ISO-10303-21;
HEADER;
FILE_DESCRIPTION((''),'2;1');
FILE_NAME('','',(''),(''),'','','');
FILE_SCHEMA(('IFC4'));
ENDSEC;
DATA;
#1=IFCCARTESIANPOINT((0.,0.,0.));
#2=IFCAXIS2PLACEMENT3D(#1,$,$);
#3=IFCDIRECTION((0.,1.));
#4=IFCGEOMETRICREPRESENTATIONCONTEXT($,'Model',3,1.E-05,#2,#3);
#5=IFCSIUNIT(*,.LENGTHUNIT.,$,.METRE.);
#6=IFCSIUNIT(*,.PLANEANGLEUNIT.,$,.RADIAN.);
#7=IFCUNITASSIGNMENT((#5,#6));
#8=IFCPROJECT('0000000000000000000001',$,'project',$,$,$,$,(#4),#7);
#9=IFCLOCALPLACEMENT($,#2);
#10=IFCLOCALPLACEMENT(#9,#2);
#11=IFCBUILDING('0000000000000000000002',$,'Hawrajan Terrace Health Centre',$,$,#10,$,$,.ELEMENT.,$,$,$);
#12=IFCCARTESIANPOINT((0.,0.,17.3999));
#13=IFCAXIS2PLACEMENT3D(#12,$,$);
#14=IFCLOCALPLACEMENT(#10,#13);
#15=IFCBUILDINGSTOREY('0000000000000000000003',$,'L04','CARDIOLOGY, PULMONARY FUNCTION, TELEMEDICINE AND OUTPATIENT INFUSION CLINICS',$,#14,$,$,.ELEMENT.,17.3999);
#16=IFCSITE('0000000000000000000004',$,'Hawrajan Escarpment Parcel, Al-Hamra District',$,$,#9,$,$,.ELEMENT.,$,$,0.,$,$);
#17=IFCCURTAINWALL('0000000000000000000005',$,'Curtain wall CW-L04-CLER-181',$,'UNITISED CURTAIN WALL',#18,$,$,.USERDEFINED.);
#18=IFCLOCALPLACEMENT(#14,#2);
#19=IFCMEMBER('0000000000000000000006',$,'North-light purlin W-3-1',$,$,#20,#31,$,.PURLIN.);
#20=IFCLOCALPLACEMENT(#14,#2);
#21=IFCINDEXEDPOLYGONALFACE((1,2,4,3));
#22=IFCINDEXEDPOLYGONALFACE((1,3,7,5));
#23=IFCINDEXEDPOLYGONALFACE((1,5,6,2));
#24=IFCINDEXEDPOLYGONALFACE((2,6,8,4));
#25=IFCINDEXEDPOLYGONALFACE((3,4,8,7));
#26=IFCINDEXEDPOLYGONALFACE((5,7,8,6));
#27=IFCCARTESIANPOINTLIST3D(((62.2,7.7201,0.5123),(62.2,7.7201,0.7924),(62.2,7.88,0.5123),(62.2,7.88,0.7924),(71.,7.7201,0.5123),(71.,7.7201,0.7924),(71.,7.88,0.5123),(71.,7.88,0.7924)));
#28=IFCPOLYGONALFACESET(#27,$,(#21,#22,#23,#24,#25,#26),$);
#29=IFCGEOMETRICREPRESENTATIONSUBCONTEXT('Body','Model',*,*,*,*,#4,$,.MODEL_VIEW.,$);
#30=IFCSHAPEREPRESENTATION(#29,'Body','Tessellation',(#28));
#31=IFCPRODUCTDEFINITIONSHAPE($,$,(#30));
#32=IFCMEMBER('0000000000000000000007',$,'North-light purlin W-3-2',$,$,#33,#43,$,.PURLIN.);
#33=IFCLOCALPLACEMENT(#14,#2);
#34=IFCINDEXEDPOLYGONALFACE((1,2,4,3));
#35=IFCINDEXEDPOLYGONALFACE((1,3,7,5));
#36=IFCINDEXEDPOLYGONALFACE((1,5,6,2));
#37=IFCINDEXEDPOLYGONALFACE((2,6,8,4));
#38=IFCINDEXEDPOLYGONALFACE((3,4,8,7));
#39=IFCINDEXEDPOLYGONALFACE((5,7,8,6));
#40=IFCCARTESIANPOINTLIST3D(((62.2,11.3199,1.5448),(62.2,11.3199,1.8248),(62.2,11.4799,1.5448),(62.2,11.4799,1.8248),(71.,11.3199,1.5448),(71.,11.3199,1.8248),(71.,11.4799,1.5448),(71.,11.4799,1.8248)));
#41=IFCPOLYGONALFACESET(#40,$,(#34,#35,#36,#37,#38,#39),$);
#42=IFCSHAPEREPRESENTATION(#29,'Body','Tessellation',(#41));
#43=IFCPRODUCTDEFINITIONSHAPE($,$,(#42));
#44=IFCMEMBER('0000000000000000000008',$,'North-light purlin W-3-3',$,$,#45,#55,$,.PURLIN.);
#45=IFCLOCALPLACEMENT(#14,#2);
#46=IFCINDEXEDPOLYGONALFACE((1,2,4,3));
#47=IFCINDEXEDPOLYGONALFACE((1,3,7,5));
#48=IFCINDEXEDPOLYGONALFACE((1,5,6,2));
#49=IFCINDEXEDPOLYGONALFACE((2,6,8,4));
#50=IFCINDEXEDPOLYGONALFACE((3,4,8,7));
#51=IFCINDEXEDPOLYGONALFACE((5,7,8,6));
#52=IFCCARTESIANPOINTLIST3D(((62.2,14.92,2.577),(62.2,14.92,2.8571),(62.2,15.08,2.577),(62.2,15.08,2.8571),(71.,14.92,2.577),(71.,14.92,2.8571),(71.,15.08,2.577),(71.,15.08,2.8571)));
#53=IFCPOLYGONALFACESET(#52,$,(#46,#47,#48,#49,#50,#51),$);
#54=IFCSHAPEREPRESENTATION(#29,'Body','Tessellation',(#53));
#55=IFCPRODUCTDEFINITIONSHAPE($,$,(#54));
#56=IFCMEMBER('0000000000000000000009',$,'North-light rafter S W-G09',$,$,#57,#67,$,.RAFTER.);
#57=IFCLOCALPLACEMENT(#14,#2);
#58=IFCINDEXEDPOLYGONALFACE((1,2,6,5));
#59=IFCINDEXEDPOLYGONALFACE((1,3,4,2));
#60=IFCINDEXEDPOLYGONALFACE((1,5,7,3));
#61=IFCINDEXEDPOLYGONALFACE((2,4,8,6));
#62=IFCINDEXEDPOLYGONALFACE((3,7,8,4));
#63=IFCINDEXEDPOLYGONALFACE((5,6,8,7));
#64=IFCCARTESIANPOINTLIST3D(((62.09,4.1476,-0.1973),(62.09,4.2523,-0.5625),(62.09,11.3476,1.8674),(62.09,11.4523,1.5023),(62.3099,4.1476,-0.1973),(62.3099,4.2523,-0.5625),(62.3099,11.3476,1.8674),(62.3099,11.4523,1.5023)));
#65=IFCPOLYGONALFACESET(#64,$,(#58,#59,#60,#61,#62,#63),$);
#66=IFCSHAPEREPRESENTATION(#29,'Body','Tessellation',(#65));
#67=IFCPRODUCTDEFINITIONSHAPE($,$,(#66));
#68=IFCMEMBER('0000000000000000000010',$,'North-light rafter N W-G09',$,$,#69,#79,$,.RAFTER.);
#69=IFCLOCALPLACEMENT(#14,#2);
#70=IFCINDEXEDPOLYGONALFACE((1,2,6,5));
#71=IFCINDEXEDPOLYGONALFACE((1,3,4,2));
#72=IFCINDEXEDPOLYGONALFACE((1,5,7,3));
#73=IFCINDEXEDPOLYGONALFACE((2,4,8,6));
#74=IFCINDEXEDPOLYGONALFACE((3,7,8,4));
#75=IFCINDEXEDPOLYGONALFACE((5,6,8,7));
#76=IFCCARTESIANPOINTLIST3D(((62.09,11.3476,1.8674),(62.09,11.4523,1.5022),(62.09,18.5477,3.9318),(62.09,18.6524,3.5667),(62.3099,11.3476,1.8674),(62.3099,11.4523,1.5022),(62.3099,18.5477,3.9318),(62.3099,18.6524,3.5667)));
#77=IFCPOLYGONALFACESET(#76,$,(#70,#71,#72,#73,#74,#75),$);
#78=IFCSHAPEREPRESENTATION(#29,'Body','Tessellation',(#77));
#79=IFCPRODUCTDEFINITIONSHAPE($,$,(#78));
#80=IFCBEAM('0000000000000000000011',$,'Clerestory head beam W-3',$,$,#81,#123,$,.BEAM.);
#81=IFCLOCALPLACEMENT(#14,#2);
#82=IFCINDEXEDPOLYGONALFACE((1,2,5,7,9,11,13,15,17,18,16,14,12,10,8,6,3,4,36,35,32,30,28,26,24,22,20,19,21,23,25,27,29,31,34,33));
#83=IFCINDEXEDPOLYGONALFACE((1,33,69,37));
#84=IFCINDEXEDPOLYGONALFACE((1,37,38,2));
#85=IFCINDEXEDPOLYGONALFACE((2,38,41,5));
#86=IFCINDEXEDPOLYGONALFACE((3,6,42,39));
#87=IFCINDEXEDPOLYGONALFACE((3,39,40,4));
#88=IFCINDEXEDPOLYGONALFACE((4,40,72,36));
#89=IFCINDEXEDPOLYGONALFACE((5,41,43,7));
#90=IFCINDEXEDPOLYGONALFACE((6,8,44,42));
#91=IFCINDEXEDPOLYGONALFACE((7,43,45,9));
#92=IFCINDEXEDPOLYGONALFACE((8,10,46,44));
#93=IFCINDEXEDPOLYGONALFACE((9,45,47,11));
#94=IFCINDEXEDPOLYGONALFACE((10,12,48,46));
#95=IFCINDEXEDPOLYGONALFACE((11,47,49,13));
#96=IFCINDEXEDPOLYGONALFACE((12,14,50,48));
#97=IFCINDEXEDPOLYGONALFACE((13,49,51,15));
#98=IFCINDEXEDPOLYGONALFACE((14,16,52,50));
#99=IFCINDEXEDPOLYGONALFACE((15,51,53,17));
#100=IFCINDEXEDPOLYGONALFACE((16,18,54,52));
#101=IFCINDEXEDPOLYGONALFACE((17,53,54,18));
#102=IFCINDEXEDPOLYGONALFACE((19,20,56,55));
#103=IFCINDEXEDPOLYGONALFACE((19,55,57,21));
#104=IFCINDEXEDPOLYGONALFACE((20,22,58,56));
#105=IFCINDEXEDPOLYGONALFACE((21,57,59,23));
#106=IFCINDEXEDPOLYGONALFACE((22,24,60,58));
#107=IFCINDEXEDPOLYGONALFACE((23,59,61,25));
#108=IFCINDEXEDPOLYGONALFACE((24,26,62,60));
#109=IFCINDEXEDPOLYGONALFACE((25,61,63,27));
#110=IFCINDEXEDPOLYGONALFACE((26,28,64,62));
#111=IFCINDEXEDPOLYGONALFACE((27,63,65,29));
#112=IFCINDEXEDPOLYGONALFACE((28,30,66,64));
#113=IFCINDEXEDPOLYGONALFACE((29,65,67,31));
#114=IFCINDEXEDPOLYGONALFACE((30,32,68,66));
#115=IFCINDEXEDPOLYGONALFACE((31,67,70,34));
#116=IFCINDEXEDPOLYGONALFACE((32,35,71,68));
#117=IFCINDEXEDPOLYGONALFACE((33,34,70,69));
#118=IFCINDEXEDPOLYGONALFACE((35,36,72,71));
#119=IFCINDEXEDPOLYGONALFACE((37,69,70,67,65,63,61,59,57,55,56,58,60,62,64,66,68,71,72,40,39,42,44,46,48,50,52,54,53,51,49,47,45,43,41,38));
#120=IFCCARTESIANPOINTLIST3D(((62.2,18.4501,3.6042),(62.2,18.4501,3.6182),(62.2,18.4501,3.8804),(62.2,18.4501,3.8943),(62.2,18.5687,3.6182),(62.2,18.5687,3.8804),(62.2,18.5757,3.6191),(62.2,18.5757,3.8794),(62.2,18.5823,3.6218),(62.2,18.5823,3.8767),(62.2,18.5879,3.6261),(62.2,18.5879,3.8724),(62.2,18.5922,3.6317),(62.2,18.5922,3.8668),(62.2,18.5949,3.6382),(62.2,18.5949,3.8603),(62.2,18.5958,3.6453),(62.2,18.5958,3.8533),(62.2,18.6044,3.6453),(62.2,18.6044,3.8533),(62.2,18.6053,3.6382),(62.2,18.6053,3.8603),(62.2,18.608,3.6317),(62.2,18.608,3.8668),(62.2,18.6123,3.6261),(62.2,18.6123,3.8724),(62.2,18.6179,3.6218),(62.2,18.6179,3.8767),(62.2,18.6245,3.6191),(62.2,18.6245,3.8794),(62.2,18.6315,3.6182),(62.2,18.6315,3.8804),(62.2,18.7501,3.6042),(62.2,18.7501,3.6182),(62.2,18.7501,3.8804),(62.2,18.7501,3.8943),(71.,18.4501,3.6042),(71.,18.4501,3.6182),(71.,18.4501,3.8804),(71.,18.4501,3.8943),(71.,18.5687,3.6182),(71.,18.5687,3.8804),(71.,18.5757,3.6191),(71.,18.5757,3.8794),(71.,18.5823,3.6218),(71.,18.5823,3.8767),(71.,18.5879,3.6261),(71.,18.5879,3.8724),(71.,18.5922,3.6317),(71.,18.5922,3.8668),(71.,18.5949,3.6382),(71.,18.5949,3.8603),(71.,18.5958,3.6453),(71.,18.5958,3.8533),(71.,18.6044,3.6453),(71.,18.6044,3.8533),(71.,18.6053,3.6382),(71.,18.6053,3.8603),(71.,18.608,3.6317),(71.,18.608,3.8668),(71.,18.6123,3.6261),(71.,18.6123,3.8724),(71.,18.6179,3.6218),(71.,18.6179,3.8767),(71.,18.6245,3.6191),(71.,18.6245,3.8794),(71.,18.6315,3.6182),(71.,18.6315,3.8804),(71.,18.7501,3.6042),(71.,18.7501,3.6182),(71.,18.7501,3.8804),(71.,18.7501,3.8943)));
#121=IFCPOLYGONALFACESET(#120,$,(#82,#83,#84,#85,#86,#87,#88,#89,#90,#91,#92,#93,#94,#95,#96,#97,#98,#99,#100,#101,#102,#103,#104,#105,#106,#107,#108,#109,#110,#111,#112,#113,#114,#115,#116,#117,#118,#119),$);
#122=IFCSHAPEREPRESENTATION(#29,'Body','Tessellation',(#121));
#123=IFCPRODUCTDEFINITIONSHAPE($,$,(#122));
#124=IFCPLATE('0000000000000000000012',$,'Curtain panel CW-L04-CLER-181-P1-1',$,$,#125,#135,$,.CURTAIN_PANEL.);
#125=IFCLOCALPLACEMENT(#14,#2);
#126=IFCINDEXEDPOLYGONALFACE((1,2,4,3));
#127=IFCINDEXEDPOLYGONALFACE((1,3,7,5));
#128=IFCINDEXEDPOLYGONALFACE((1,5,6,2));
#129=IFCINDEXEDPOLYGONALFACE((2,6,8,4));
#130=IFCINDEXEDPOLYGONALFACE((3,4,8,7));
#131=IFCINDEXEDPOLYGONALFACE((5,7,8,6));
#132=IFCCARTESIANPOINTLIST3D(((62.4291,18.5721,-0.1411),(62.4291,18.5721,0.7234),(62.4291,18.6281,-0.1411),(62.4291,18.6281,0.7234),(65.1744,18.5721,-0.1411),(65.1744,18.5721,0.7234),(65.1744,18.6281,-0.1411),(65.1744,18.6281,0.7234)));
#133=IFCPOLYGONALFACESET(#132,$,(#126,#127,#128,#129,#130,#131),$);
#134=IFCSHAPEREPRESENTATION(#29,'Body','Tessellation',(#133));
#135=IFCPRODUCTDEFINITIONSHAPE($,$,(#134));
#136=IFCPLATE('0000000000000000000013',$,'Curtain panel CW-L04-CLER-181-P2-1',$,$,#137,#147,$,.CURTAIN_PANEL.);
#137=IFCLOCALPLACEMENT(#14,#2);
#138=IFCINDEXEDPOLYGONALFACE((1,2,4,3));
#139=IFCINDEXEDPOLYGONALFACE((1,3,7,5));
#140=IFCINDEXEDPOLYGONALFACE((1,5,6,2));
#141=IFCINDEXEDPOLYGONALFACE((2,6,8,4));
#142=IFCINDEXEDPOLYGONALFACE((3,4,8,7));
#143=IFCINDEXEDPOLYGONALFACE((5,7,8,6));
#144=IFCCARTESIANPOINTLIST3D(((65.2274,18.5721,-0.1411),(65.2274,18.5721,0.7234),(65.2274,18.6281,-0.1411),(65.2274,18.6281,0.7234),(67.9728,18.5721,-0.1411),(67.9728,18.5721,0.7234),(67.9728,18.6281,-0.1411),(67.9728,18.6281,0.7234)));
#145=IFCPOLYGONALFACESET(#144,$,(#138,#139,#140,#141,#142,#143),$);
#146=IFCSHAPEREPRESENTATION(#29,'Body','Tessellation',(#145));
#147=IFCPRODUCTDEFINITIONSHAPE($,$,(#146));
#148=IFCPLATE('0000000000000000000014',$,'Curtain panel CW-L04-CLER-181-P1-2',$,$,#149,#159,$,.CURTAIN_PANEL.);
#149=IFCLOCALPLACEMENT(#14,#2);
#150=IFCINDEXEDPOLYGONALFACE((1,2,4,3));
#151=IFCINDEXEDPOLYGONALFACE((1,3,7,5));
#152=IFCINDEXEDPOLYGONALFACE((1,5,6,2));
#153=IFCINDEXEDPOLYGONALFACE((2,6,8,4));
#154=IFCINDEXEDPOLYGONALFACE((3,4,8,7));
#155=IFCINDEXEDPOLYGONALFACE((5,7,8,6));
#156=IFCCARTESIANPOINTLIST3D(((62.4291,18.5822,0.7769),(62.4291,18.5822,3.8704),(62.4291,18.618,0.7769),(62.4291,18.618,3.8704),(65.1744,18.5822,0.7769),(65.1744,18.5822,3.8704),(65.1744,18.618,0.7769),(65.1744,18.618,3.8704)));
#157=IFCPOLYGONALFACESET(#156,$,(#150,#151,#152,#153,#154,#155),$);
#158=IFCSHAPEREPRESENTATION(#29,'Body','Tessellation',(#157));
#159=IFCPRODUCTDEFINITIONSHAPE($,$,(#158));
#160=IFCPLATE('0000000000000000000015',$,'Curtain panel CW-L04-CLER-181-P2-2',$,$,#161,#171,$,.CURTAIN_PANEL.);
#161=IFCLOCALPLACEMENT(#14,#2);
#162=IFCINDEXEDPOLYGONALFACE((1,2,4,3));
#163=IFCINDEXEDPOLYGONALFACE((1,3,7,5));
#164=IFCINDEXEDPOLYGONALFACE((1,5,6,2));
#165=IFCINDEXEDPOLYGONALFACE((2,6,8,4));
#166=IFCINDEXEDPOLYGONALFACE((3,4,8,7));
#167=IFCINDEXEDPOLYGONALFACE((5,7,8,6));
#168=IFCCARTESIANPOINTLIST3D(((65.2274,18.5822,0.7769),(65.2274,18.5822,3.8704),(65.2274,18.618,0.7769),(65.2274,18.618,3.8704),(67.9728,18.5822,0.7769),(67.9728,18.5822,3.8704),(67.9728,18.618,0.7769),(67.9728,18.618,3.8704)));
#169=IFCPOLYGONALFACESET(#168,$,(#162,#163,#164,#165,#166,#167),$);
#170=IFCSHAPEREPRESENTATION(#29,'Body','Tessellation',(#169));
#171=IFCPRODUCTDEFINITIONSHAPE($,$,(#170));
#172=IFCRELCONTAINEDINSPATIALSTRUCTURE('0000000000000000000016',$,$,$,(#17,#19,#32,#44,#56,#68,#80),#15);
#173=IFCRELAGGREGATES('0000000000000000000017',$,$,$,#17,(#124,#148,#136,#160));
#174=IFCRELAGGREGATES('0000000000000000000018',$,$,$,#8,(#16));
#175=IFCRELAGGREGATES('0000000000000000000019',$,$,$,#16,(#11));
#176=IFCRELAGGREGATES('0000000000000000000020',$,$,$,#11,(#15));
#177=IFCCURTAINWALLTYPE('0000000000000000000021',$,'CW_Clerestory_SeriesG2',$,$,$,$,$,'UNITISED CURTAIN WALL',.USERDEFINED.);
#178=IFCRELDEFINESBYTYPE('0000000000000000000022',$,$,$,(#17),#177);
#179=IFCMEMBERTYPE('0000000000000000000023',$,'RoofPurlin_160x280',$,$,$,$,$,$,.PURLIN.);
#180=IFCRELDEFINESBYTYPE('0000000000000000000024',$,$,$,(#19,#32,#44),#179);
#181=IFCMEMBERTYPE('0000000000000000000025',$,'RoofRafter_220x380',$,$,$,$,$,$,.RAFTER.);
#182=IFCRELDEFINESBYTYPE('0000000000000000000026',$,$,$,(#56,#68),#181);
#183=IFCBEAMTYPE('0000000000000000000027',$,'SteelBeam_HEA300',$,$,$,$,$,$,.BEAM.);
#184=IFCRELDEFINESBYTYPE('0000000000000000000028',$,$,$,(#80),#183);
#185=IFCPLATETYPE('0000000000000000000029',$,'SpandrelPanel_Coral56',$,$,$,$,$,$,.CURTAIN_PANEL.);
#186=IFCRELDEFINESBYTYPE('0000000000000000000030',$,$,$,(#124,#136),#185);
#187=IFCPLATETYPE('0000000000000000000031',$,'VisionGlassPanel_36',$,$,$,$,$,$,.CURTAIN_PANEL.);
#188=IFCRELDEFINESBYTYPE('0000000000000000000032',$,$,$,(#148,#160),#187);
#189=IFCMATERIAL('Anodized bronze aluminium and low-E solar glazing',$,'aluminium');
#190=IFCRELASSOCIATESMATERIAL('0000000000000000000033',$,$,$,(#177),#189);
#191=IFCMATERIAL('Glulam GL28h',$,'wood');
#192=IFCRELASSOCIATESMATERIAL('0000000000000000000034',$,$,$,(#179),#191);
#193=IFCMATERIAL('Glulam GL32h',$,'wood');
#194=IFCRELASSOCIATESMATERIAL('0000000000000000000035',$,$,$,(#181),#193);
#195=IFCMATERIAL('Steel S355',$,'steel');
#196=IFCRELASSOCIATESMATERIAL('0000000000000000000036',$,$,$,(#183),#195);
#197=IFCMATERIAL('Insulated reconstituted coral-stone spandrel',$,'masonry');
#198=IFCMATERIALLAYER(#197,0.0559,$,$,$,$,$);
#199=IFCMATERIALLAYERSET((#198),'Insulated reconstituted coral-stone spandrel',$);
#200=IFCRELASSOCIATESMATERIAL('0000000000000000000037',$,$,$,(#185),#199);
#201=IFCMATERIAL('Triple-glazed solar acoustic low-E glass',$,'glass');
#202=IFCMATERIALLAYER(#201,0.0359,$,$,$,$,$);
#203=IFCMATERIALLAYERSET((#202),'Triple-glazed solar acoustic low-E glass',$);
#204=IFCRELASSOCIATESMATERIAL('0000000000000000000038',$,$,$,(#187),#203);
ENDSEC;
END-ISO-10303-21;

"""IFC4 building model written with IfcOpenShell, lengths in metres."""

from ifc_helpers import new_model, si_unit, direction, frame, origin, origin_2d, place, context, subcontext, project, spatial, rectangle, i_section, extrude, material, layer, layer_set, material_profile, profile_set, type_object, element, aggregate, save


model = new_model("IFC4")

# Units and contexts
model_context = context("Model", 3, precision=1e-05, world=origin(), true_north=direction((0.0, 1.0)))
body_context = subcontext(model_context, "Body", "Model", "MODEL_VIEW")
ifc_project = project(units=[si_unit("LENGTHUNIT", "METRE"), si_unit("PLANEANGLEUNIT", "RADIAN")], contexts=[model_context])

# Site, building, storey
site_placement = place(None, origin())
site = spatial("IfcSite", under=ifc_project, at=site_placement, Name="Hawrajan Escarpment Parcel, Al-Hamra District", CompositionType="ELEMENT", RefElevation=0.0)
building_placement = place(site_placement, origin())
building = spatial("IfcBuilding", under=site, at=building_placement, Name="Hawrajan Terrace Health Centre", CompositionType="ELEMENT")
storey_placement = place(building_placement, frame((0.0, 0.0, 17.3999)))
storey = spatial("IfcBuildingStorey", under=building, at=storey_placement, Name="L04", Description="CARDIOLOGY, PULMONARY FUNCTION, TELEMEDICINE AND OUTPATIENT INFUSION CLINICS", CompositionType="ELEMENT", Elevation=17.3999)

# Curtain wall
ifc_material_1 = material(Name="Anodized bronze aluminium and low-E solar glazing", Category="aluminium")
curtain_wall_type = type_object("IfcCurtainWallType", Name="CW_Clerestory_SeriesG2", ElementType="UNITISED CURTAIN WALL", PredefinedType="USERDEFINED", material=ifc_material_1)
curtain_wall_placement = place(storey_placement, origin())
curtain_wall = element("IfcCurtainWall", 1, at=curtain_wall_placement, inside=storey, type_object=curtain_wall_type, Name="Curtain wall CW-L04-CLER-181", ObjectType="UNITISED CURTAIN WALL", PredefinedType="USERDEFINED")

# Shared definitions
ifc_material_2 = material(Name="Glulam GL32h", Category="wood")

# Members
ifc_material_3 = material(Name="Glulam GL28h", Category="wood")
ifc_material_profile_1 = material_profile(ifc_material_3, rectangle(XDim=0.1599, YDim=0.28, at=origin_2d()), Name="GL PUR 160x280")
ifc_profile_set_1 = profile_set([ifc_material_profile_1], Name="Glulam GL28h")
member_type_1 = type_object("IfcMemberType", Name="RoofPurlin_160x280", PredefinedType="PURLIN", material=ifc_profile_set_1)
for number, where, z_axis, x_axis, name in (
    (2, (62.2, 7.8, 0.6523), (1.0, 0.0, 0.0), (0.0, 1.0, 0.0), "North-light purlin W-3-1"),
    (3, (62.2, 11.3999, 1.6848), (1.0, 0.0, 0.0), (0.0, 1.0, 0.0), "North-light purlin W-3-2"),
    (4, (62.2, 15.0, 2.717), (1.0, 0.0, 0.0), (0.0, 1.0, 0.0), "North-light purlin W-3-3"),
):
    element("IfcMember", number, at=place(storey_placement, frame(where, z_axis=z_axis, x_axis=x_axis)), inside=storey, type_object=member_type_1, Name=name, PredefinedType="PURLIN", context=body_context, shape_type="SweptSolid", body=[
        extrude(rectangle(XDim=0.1599, YDim=0.28, at=origin_2d()), origin(), (0.0, 0.0, 1.0), 8.8),
    ])
ifc_material_profile_2 = material_profile(ifc_material_2, rectangle(XDim=0.22, YDim=0.3799, at=origin_2d()), Name="GL CHD 220x380")
ifc_profile_set_2 = profile_set([ifc_material_profile_2], Name="Glulam GL32h")
member_type_2 = type_object("IfcMemberType", Name="RoofRafter_220x380", PredefinedType="RAFTER", material=ifc_profile_set_2)
for number, where, z_axis, x_axis, name in (
    (5, (62.2, 4.2, -0.3799), (0.0, 0.961257, 0.275655), (-1.0, 0.0, 0.0), "North-light rafter S W-G09"),
    (6, (62.2, 11.3999, 1.6848), (0.0, 0.961268, 0.275616), (-1.0, 0.0, 0.0), "North-light rafter N W-G09"),
):
    element("IfcMember", number, at=place(storey_placement, frame(where, z_axis=z_axis, x_axis=x_axis)), inside=storey, type_object=member_type_2, Name=name, PredefinedType="RAFTER", context=body_context, shape_type="SweptSolid", body=[
        extrude(rectangle(XDim=0.22, YDim=0.3799, at=origin_2d()), origin(), (0.0, 0.0, 1.0), 7.4902),
    ])

# Beam
ifc_material_4 = material(Name="Steel S355", Category="steel")
ifc_material_profile_3 = material_profile(ifc_material_4, i_section(OverallWidth=0.3, OverallDepth=0.29, WebThickness=0.0085, FlangeThickness=0.0139, FilletRadius=0.0271, at=origin_2d()), Name="HEA 300")
ifc_profile_set_3 = profile_set([ifc_material_profile_3], Name="Steel S355")
beam_type_1 = type_object("IfcBeamType", Name="SteelBeam_HEA300", PredefinedType="BEAM", material=ifc_profile_set_3)
beam_1_placement = place(storey_placement, frame((62.2, 18.6001, 3.7493), z_axis=(1.0, 0.0, 0.0), x_axis=(0.0, 1.0, 0.0)))
element("IfcBeam", 7, at=beam_1_placement, inside=storey, type_object=beam_type_1, Name="Clerestory head beam W-3", PredefinedType="BEAM", context=body_context, shape_type="SweptSolid", body=[
    extrude(i_section(OverallWidth=0.3, OverallDepth=0.29, WebThickness=0.0085, FlangeThickness=0.0139, FilletRadius=0.0271, at=origin_2d()), origin(), (0.0, 0.0, 1.0), 8.8),
])

# Plates
ifc_material_5 = material(Name="Insulated reconstituted coral-stone spandrel", Category="masonry")
ifc_layer_1 = layer(ifc_material_5, 0.0559)
ifc_layer_set_1 = layer_set([ifc_layer_1], Name="Insulated reconstituted coral-stone spandrel")
plate_type_1 = type_object("IfcPlateType", Name="SpandrelPanel_Coral56", PredefinedType="CURTAIN_PANEL", material=ifc_layer_set_1)
plate_1_placement = place(storey_placement, frame((63.8018, 18.6001, -0.1411), z_axis=(0.0, 0.0, 1.0), x_axis=(1.0, 0.0, 0.0)))
plate_1 = element("IfcPlate", 8, at=plate_1_placement, type_object=plate_type_1, Name="Curtain panel CW-L04-CLER-181-P1-1", PredefinedType="CURTAIN_PANEL", context=body_context, shape_type="SweptSolid", body=[
    extrude(rectangle(XDim=2.7454, YDim=0.0559, at=origin_2d()), origin(), (0.0, 0.0, 1.0), 0.8645),
])
plate_2_placement = place(storey_placement, frame((66.6001, 18.6001, -0.1411), z_axis=(0.0, 0.0, 1.0), x_axis=(1.0, 0.0, 0.0)))
plate_2 = element("IfcPlate", 9, at=plate_2_placement, type_object=plate_type_1, Name="Curtain panel CW-L04-CLER-181-P2-1", PredefinedType="CURTAIN_PANEL", context=body_context, shape_type="SweptSolid", body=[
    extrude(rectangle(XDim=2.7454, YDim=0.0559, at=origin_2d()), origin(), (0.0, 0.0, 1.0), 0.8645),
])
ifc_material_6 = material(Name="Triple-glazed solar acoustic low-E glass", Category="glass")
ifc_layer_2 = layer(ifc_material_6, 0.0359)
ifc_layer_set_2 = layer_set([ifc_layer_2], Name="Triple-glazed solar acoustic low-E glass")
plate_type_2 = type_object("IfcPlateType", Name="VisionGlassPanel_36", PredefinedType="CURTAIN_PANEL", material=ifc_layer_set_2)
plate_3_placement = place(storey_placement, frame((63.8018, 18.6001, 0.7769), z_axis=(0.0, 0.0, 1.0), x_axis=(1.0, 0.0, 0.0)))
plate_3 = element("IfcPlate", 10, at=plate_3_placement, type_object=plate_type_2, Name="Curtain panel CW-L04-CLER-181-P1-2", PredefinedType="CURTAIN_PANEL", context=body_context, shape_type="SweptSolid", body=[
    extrude(rectangle(XDim=2.7454, YDim=0.0359, at=origin_2d()), origin(), (0.0, 0.0, 1.0), 3.0935),
])
plate_4_placement = place(storey_placement, frame((66.6001, 18.6001, 0.7769), z_axis=(0.0, 0.0, 1.0), x_axis=(1.0, 0.0, 0.0)))
plate_4 = element("IfcPlate", 11, at=plate_4_placement, type_object=plate_type_2, Name="Curtain panel CW-L04-CLER-181-P2-2", PredefinedType="CURTAIN_PANEL", context=body_context, shape_type="SweptSolid", body=[
    extrude(rectangle(XDim=2.7454, YDim=0.0359, at=origin_2d()), origin(), (0.0, 0.0, 1.0), 3.0935),
])
aggregate(curtain_wall, [plate_1, plate_3, plate_2, plate_4])

save(model, "model.ifc")
